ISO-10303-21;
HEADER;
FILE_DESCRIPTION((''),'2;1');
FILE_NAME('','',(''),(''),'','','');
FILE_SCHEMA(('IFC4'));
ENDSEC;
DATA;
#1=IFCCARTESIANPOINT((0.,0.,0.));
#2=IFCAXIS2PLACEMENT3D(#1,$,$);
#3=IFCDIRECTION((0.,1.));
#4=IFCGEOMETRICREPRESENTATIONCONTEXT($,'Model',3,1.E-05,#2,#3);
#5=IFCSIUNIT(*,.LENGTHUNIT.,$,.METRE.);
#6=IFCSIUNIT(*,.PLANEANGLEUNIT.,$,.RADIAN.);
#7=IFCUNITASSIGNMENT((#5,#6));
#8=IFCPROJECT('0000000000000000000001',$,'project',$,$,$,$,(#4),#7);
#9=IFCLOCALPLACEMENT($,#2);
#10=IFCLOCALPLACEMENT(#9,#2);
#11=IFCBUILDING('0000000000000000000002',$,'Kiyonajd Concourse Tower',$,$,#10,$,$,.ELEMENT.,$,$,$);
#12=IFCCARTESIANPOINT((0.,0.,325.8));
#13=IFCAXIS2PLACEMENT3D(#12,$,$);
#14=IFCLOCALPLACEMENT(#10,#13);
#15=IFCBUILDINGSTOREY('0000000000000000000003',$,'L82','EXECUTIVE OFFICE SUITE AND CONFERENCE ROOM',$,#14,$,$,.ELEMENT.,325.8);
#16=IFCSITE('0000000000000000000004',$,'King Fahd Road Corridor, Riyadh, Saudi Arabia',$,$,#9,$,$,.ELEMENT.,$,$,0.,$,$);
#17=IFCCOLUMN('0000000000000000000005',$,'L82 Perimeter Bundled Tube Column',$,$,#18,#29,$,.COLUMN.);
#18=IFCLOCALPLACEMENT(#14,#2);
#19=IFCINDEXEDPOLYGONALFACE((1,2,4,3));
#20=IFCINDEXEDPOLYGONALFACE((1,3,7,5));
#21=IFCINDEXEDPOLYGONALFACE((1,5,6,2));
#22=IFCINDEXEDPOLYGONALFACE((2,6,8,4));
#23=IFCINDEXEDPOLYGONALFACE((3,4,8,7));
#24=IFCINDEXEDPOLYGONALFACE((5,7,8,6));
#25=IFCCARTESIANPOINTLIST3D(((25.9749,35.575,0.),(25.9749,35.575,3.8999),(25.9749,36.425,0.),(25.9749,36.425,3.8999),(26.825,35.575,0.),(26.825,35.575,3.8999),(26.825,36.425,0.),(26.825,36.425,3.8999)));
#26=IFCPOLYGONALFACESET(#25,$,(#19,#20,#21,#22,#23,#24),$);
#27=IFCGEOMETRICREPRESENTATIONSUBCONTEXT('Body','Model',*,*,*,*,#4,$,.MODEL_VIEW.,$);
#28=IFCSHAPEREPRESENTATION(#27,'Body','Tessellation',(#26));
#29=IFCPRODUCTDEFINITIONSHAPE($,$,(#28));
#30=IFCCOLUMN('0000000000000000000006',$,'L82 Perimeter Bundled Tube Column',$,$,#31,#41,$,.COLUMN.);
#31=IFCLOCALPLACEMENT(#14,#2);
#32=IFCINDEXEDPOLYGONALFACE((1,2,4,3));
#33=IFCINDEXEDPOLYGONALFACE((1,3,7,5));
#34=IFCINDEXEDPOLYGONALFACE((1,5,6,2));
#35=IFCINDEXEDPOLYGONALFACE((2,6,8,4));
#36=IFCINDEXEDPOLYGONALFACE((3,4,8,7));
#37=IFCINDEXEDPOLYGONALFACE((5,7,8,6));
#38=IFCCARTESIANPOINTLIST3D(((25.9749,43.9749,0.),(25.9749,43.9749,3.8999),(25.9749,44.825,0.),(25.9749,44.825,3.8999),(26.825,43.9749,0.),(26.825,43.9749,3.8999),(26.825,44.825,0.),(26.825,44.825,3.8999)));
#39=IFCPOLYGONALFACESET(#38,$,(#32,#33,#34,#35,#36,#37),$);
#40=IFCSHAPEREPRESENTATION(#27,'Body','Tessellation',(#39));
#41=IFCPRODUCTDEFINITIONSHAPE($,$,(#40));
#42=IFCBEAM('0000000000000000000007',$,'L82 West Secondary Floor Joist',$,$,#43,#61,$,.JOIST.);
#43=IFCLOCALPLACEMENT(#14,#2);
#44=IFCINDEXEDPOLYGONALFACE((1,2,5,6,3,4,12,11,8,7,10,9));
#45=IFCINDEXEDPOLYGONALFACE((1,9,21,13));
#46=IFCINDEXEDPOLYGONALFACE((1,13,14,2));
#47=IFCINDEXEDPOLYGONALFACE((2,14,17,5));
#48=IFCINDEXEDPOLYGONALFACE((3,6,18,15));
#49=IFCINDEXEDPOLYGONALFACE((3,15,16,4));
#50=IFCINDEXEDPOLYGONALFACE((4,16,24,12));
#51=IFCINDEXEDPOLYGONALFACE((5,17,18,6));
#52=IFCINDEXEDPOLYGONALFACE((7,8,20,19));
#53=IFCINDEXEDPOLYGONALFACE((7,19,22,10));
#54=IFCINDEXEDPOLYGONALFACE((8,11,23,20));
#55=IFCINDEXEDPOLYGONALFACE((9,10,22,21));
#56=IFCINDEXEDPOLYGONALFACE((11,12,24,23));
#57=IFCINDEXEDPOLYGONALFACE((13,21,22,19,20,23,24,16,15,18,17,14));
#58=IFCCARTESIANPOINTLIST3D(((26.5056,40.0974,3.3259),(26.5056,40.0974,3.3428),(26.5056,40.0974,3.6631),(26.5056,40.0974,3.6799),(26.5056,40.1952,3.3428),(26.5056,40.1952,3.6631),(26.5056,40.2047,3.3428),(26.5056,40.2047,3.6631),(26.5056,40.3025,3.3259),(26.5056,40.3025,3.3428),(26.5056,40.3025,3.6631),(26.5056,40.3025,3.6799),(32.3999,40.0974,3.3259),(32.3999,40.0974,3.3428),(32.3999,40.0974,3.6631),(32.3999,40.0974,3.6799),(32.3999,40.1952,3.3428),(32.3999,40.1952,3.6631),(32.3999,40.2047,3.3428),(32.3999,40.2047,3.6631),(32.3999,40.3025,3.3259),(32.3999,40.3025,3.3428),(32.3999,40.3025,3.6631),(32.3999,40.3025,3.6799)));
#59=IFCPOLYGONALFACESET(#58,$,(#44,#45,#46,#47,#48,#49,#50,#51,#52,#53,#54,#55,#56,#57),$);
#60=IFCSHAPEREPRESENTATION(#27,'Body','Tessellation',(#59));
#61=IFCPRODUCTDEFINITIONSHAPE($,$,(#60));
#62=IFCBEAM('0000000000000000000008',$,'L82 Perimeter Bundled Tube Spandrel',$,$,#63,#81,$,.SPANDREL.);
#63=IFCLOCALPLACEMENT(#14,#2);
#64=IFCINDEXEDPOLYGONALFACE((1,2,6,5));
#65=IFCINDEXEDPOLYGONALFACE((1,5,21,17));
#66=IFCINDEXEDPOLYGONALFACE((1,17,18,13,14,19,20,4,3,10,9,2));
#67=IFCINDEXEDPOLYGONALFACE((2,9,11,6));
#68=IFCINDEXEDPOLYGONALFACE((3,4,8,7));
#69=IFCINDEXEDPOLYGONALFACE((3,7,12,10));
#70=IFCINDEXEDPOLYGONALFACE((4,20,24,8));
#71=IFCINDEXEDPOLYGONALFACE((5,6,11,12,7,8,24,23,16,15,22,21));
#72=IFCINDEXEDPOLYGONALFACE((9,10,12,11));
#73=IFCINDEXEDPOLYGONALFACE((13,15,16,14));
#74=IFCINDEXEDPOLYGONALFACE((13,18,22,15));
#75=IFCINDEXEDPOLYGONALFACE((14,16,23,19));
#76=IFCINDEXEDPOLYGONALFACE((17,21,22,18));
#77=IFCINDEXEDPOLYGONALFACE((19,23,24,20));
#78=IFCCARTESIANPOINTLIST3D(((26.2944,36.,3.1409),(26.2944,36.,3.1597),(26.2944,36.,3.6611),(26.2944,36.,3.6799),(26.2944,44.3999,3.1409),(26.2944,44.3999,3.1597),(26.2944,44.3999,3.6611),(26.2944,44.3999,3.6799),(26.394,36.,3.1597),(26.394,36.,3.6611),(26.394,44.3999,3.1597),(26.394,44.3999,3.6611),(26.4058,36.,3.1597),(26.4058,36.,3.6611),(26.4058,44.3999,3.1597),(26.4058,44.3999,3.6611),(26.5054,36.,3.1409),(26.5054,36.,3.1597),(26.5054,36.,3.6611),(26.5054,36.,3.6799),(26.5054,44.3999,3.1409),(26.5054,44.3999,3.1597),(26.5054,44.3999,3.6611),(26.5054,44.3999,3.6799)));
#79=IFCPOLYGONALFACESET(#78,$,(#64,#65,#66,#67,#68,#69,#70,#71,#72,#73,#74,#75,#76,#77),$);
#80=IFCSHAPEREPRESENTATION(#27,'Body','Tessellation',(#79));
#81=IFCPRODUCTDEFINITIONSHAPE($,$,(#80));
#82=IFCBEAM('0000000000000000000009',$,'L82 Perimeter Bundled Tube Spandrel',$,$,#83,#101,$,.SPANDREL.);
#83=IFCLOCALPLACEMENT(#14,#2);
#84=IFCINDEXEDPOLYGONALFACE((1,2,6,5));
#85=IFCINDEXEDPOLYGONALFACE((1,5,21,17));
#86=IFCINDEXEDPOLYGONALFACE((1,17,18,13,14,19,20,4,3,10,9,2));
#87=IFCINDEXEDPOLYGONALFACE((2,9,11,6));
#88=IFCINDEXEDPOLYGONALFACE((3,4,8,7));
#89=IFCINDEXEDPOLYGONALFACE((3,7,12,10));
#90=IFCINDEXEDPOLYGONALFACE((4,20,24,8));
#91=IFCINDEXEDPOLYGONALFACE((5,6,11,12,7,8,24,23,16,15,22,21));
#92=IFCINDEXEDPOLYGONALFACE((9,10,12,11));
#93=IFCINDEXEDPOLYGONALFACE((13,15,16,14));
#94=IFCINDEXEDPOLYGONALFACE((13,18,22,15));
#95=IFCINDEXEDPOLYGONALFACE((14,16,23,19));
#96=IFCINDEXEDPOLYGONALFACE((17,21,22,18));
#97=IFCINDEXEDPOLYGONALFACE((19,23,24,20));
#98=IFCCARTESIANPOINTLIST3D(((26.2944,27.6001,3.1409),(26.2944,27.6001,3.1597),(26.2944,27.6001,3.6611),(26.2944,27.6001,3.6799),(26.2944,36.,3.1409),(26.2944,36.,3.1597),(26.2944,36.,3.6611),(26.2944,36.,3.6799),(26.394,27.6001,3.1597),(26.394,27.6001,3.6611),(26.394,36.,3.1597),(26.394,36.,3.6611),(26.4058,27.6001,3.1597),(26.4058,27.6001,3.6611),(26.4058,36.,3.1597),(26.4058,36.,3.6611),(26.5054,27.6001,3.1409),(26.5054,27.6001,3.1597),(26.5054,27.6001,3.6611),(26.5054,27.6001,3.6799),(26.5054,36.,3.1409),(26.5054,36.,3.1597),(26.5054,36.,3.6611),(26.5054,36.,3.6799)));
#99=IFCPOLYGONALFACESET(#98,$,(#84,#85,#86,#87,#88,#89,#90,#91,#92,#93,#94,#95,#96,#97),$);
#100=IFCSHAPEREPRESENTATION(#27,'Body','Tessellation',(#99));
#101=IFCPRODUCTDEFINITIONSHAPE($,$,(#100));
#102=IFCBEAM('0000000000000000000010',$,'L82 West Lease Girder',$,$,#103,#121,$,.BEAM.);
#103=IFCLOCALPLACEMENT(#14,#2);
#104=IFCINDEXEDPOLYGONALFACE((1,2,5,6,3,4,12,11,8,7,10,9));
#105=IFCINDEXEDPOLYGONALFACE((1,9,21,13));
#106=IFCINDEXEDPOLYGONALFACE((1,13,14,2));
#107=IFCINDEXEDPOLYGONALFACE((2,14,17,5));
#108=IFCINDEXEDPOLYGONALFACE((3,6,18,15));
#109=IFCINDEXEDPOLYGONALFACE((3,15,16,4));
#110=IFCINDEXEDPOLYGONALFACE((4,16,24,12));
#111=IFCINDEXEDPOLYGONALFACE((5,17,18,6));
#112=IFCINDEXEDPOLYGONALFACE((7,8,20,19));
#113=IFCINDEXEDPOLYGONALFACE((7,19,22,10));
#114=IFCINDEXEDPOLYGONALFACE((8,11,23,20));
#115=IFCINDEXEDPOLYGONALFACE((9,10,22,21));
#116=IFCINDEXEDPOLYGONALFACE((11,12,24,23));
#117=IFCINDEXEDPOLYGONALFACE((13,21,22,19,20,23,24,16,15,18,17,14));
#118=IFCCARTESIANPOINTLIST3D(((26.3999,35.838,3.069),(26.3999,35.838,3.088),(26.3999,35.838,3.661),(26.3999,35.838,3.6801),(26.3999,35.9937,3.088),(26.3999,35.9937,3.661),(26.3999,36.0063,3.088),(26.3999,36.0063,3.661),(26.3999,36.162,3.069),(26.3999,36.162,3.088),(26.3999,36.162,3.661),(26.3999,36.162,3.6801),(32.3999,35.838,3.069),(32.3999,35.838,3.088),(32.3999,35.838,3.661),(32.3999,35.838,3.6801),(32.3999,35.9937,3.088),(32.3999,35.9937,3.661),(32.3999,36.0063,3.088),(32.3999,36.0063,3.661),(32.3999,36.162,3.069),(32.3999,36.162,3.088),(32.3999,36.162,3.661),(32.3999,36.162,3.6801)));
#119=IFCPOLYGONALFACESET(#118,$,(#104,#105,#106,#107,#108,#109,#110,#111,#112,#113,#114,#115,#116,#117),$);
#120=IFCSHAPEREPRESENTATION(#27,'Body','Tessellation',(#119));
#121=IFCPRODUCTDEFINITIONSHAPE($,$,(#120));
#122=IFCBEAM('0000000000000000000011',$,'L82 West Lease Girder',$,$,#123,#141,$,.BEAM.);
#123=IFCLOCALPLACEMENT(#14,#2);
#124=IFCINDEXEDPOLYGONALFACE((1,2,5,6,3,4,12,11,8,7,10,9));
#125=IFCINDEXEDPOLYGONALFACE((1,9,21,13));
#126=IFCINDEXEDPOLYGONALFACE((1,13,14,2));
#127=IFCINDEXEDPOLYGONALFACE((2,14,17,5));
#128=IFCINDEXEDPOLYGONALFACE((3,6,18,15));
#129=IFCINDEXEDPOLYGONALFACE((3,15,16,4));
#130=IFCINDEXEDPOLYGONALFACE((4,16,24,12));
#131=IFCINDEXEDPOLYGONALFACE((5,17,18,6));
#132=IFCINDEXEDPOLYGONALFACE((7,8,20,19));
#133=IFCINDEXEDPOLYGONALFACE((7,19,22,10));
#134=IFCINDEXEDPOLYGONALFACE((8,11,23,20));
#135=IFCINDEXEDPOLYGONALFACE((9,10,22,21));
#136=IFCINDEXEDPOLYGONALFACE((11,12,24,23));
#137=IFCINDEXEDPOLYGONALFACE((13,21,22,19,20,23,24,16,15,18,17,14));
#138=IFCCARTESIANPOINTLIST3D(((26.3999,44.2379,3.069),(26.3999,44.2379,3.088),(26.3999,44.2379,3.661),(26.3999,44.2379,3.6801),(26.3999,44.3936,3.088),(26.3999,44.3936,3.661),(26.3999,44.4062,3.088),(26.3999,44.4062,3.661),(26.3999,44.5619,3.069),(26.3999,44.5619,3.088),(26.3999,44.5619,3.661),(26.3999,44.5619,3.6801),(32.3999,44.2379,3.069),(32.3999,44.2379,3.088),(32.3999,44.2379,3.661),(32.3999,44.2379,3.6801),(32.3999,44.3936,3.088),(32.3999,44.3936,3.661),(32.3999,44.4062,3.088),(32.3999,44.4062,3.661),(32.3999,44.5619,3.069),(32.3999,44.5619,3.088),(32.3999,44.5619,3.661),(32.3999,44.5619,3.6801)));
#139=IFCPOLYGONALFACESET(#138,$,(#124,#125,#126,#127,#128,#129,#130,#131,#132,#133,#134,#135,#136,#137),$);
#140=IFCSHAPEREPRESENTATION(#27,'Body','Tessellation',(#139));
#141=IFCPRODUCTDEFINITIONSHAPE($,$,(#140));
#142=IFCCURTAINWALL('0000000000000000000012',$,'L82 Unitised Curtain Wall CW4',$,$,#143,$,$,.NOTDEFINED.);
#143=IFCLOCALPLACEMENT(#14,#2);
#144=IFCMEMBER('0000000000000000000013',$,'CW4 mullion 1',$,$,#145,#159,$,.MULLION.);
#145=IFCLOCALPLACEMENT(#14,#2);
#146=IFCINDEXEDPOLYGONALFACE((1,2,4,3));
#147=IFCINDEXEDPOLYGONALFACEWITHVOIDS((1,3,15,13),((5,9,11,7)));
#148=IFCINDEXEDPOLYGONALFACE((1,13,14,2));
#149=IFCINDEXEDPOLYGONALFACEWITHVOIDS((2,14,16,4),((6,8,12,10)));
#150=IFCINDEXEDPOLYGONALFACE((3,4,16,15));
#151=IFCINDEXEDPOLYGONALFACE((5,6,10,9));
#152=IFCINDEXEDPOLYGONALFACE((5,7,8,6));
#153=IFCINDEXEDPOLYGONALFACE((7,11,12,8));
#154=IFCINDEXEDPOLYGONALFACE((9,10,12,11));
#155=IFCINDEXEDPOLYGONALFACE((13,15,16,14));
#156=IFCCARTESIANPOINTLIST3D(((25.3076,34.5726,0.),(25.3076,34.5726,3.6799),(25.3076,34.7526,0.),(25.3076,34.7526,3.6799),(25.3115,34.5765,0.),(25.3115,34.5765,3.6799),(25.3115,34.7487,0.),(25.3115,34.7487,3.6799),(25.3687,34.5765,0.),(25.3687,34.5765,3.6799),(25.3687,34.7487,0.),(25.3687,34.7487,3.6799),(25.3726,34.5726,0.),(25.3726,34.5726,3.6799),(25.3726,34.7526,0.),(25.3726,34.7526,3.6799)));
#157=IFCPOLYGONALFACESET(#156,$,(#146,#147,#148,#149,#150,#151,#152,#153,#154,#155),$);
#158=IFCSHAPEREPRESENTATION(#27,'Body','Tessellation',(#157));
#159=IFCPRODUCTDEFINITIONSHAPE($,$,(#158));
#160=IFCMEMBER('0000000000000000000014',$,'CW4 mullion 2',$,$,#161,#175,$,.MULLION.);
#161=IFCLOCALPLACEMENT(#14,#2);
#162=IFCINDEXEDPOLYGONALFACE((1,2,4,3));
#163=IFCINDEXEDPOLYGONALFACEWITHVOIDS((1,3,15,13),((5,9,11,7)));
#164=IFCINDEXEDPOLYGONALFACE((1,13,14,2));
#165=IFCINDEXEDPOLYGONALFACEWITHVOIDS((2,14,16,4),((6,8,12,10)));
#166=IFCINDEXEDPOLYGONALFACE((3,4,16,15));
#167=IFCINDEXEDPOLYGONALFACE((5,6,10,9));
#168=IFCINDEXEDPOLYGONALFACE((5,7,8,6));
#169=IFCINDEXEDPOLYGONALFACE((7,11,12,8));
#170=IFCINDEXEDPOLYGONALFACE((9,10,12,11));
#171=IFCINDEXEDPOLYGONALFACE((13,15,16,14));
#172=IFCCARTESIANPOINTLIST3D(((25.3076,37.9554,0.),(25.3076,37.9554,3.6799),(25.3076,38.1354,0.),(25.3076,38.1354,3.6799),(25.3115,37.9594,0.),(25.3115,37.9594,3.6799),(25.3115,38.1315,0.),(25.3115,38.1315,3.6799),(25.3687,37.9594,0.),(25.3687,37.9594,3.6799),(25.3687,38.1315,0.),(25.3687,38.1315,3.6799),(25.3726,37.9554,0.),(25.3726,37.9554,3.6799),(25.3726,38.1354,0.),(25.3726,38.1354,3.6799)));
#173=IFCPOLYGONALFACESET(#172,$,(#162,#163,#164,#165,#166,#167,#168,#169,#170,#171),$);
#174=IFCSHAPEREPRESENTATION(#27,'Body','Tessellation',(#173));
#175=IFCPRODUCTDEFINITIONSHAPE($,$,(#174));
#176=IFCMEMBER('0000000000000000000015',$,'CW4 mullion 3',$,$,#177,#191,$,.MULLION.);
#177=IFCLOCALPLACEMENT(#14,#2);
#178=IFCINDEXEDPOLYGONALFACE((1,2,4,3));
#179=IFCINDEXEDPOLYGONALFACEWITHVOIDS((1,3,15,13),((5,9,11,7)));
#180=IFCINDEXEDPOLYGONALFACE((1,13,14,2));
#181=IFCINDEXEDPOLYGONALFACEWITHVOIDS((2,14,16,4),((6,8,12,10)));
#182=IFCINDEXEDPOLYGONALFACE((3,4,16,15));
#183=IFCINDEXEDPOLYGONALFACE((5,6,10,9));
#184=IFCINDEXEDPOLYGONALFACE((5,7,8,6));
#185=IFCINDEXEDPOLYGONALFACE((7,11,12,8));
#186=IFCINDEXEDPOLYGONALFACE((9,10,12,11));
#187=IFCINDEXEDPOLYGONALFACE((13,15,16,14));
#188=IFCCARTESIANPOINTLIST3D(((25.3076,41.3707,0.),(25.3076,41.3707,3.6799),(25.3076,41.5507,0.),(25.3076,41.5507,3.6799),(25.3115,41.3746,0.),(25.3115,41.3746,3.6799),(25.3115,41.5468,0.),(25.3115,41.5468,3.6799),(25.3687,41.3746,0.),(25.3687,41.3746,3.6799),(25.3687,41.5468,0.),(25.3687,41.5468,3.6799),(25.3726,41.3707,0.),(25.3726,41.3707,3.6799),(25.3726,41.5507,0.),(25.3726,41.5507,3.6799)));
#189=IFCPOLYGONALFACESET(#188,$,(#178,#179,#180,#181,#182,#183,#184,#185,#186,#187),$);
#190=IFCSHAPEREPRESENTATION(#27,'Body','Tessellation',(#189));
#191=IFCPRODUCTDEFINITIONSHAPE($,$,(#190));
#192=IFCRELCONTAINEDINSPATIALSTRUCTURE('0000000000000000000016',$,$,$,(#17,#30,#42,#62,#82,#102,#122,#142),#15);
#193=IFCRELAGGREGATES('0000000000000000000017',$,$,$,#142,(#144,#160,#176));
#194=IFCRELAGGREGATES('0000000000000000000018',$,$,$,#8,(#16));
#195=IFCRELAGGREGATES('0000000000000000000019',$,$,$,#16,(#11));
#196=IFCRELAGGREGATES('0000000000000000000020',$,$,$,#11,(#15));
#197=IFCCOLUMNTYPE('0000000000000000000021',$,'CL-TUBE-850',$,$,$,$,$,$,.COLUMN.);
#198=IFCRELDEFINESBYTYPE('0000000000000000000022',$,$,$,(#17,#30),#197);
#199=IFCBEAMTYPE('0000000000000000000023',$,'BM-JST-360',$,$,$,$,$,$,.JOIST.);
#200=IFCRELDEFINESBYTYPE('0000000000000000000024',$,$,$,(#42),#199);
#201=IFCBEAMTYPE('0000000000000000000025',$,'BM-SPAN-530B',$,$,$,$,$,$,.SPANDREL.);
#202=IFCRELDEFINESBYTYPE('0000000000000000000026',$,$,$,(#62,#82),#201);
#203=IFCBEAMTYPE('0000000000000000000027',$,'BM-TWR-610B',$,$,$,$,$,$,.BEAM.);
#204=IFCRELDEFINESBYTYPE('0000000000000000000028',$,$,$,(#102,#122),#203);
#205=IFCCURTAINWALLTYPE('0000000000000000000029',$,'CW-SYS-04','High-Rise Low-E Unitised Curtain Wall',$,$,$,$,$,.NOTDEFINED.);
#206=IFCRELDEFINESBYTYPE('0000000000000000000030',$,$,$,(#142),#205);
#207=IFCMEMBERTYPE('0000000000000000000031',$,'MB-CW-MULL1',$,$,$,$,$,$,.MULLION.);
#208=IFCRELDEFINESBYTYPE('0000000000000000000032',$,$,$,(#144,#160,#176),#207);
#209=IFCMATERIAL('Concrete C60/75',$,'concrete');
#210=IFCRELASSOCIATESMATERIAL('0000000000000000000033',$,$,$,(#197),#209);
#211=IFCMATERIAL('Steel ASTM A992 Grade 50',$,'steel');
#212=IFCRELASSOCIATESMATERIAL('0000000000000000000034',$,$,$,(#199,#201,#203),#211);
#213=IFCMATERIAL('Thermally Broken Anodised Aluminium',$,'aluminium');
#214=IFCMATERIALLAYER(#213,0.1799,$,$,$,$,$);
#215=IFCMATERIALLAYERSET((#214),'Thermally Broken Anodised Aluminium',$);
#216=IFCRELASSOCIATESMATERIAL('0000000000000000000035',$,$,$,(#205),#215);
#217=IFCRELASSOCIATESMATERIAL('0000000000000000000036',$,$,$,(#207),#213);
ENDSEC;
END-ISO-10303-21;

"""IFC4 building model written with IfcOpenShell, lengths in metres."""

from ifc_helpers import new_model, si_unit, direction, frame, origin, origin_2d, place, context, subcontext, project, spatial, rectangle, hollow_rectangle, i_section, extrude, material, layer, layer_set, material_profile, profile_set, type_object, element, aggregate, save


model = new_model("IFC4")

# Units and contexts
model_context = context("Model", 3, precision=1e-05, world=origin(), true_north=direction((0.0, 1.0)))
body_context = subcontext(model_context, "Body", "Model", "MODEL_VIEW")
ifc_project = project(units=[si_unit("LENGTHUNIT", "METRE"), si_unit("PLANEANGLEUNIT", "RADIAN")], contexts=[model_context])

# Site, building, storey
site_placement = place(None, origin())
site = spatial("IfcSite", under=ifc_project, at=site_placement, Name="King Fahd Road Corridor, Riyadh, Saudi Arabia", CompositionType="ELEMENT", RefElevation=0.0)
building_placement = place(site_placement, origin())
building = spatial("IfcBuilding", under=site, at=building_placement, Name="Kiyonajd Concourse Tower", CompositionType="ELEMENT")
storey_placement = place(building_placement, frame((0.0, 0.0, 325.8)))
storey = spatial("IfcBuildingStorey", under=building, at=storey_placement, Name="L82", Description="EXECUTIVE OFFICE SUITE AND CONFERENCE ROOM", CompositionType="ELEMENT", Elevation=325.8)

# Columns
ifc_material_1 = material(Name="Concrete C60/75", Category="concrete")
ifc_material_profile_1 = material_profile(ifc_material_1, rectangle(XDim=0.8501, YDim=0.8501, at=origin_2d()), Name="RC-850x850")
ifc_profile_set_1 = profile_set([ifc_material_profile_1], Name="Concrete C60/75")
column_type = type_object("IfcColumnType", Name="CL-TUBE-850", PredefinedType="COLUMN", material=ifc_profile_set_1)
for number, where, z_axis, x_axis, name in (
    (1, (26.3999, 36.0, 0.0), (0.0, 0.0, 1.0), (1.0, 0.0, 0.0), "L82 Perimeter Bundled Tube Column"),
    (2, (26.3999, 44.3999, 0.0), (0.0, 0.0, 1.0), (1.0, 0.0, 0.0), "L82 Perimeter Bundled Tube Column"),
):
    element("IfcColumn", number, at=place(storey_placement, frame(where, z_axis=z_axis, x_axis=x_axis)), inside=storey, type_object=column_type, Name=name, PredefinedType="COLUMN", context=body_context, shape_type="SweptSolid", body=[
        extrude(rectangle(XDim=0.8501, YDim=0.8501, at=origin_2d()), origin(), (0.0, 0.0, 1.0), 3.8999),
    ])

# Beams
ifc_material_2 = material(Name="Steel ASTM A992 Grade 50", Category="steel")
ifc_material_profile_2 = material_profile(ifc_material_2, i_section(OverallWidth=0.2051, OverallDepth=0.354, WebThickness=0.0095, FlangeThickness=0.0168, at=origin_2d()), Name="W360X79")
ifc_profile_set_2 = profile_set([ifc_material_profile_2], Name="Steel ASTM A992 Grade 50")
beam_type_1 = type_object("IfcBeamType", Name="BM-JST-360", PredefinedType="JOIST", material=ifc_profile_set_2)
beam_placement = place(storey_placement, frame((26.5056, 40.2, 3.5029), z_axis=(1.0, 0.0, 0.0), x_axis=(0.0, 1.0, 0.0)))
element("IfcBeam", 3, at=beam_placement, inside=storey, type_object=beam_type_1, Name="L82 West Secondary Floor Joist", PredefinedType="JOIST", context=body_context, shape_type="SweptSolid", body=[
    extrude(i_section(OverallWidth=0.2051, OverallDepth=0.354, WebThickness=0.0095, FlangeThickness=0.0168, at=origin_2d()), origin(), (0.0, 0.0, 1.0), 5.8943),
])
ifc_material_profile_3 = material_profile(ifc_material_2, i_section(OverallWidth=0.2109, OverallDepth=0.5391, WebThickness=0.0117, FlangeThickness=0.0188, at=origin_2d()), Name="W530X109")
ifc_profile_set_3 = profile_set([ifc_material_profile_3], Name="Steel ASTM A992 Grade 50")
beam_type_2 = type_object("IfcBeamType", Name="BM-SPAN-530B", PredefinedType="SPANDREL", material=ifc_profile_set_3)
for number, where, z_axis, x_axis, name in (
    (4, (26.3999, 44.3999, 3.4104), (0.0, -1.0, 0.0), (1.0, 0.0, 0.0), "L82 Perimeter Bundled Tube Spandrel"),
    (5, (26.3999, 36.0, 3.4104), (0.0, -1.0, 0.0), (1.0, 0.0, 0.0), "L82 Perimeter Bundled Tube Spandrel"),
):
    element("IfcBeam", number, at=place(storey_placement, frame(where, z_axis=z_axis, x_axis=x_axis)), inside=storey, type_object=beam_type_2, Name=name, PredefinedType="SPANDREL", context=body_context, shape_type="SweptSolid", body=[
        extrude(i_section(OverallWidth=0.2109, OverallDepth=0.5391, WebThickness=0.0117, FlangeThickness=0.0188, at=origin_2d()), origin(), (0.0, 0.0, 1.0), 8.3999),
    ])
ifc_material_profile_4 = material_profile(ifc_material_2, i_section(OverallWidth=0.324, OverallDepth=0.6111, WebThickness=0.0127, FlangeThickness=0.019, at=origin_2d()), Name="W610X155")
ifc_profile_set_4 = profile_set([ifc_material_profile_4], Name="Steel ASTM A992 Grade 50")
beam_type_3 = type_object("IfcBeamType", Name="BM-TWR-610B", PredefinedType="BEAM", material=ifc_profile_set_4)
for number, where, z_axis, x_axis, name in (
    (6, (26.3999, 36.0, 3.3745), (1.0, 0.0, 0.0), (0.0, 1.0, 0.0), "L82 West Lease Girder"),
    (7, (26.3999, 44.3999, 3.3745), (1.0, 0.0, 0.0), (0.0, 1.0, 0.0), "L82 West Lease Girder"),
):
    element("IfcBeam", number, at=place(storey_placement, frame(where, z_axis=z_axis, x_axis=x_axis)), inside=storey, type_object=beam_type_3, Name=name, PredefinedType="BEAM", context=body_context, shape_type="SweptSolid", body=[
        extrude(i_section(OverallWidth=0.324, OverallDepth=0.6111, WebThickness=0.0127, FlangeThickness=0.019, at=origin_2d()), origin(), (0.0, 0.0, 1.0), 6.0),
    ])

# Curtain wall, members
ifc_material_3 = material(Name="Thermally Broken Anodised Aluminium", Category="aluminium")
ifc_layer_1 = layer(ifc_material_3, 0.1799)
ifc_layer_set_1 = layer_set([ifc_layer_1], Name="Thermally Broken Anodised Aluminium")
curtain_wall_type = type_object("IfcCurtainWallType", Name="CW-SYS-04", Description="High-Rise Low-E Unitised Curtain Wall", PredefinedType="NOTDEFINED", material=ifc_layer_set_1)
curtain_wall_placement = place(storey_placement, origin())
curtain_wall = element("IfcCurtainWall", 8, at=curtain_wall_placement, inside=storey, type_object=curtain_wall_type, Name="L82 Unitised Curtain Wall CW4", PredefinedType="NOTDEFINED")
ifc_material_profile_5 = material_profile(ifc_material_3, hollow_rectangle(XDim=0.0649, YDim=0.1799, WallThickness=0.0039, at=origin_2d()), Name="MULL-65x180")
ifc_profile_set_5 = profile_set([ifc_material_profile_5], Name="Thermally Broken Anodised Aluminium")
member_type_1 = type_object("IfcMemberType", Name="MB-CW-MULL1", PredefinedType="MULLION", material=ifc_profile_set_5)
member_1_placement = place(storey_placement, frame((25.3401, 34.6626, 0.0), z_axis=(0.0, 0.0, 1.0), x_axis=(-1.0, 0.0, 0.0)))
member_1 = element("IfcMember", 9, at=member_1_placement, type_object=member_type_1, Name="CW4 mullion 1", PredefinedType="MULLION", context=body_context, shape_type="SweptSolid", body=[
    extrude(hollow_rectangle(XDim=0.0649, YDim=0.1799, WallThickness=0.0039, at=origin_2d()), origin(), (0.0, 0.0, 1.0), 3.6799),
])
member_2_placement = place(storey_placement, frame((25.3401, 38.0454, 0.0), z_axis=(0.0, 0.0, 1.0), x_axis=(-1.0, 0.0, 0.0)))
member_2 = element("IfcMember", 10, at=member_2_placement, type_object=member_type_1, Name="CW4 mullion 2", PredefinedType="MULLION", context=body_context, shape_type="SweptSolid", body=[
    extrude(hollow_rectangle(XDim=0.0649, YDim=0.1799, WallThickness=0.0039, at=origin_2d()), origin(), (0.0, 0.0, 1.0), 3.6799),
])
member_3_placement = place(storey_placement, frame((25.3401, 41.4607, 0.0), z_axis=(0.0, 0.0, 1.0), x_axis=(-1.0, 0.0, 0.0)))
member_3 = element("IfcMember", 11, at=member_3_placement, type_object=member_type_1, Name="CW4 mullion 3", PredefinedType="MULLION", context=body_context, shape_type="SweptSolid", body=[
    extrude(hollow_rectangle(XDim=0.0649, YDim=0.1799, WallThickness=0.0039, at=origin_2d()), origin(), (0.0, 0.0, 1.0), 3.6799),
])

aggregate(curtain_wall, [member_1, member_2, member_3])

save(model, "model.ifc")
